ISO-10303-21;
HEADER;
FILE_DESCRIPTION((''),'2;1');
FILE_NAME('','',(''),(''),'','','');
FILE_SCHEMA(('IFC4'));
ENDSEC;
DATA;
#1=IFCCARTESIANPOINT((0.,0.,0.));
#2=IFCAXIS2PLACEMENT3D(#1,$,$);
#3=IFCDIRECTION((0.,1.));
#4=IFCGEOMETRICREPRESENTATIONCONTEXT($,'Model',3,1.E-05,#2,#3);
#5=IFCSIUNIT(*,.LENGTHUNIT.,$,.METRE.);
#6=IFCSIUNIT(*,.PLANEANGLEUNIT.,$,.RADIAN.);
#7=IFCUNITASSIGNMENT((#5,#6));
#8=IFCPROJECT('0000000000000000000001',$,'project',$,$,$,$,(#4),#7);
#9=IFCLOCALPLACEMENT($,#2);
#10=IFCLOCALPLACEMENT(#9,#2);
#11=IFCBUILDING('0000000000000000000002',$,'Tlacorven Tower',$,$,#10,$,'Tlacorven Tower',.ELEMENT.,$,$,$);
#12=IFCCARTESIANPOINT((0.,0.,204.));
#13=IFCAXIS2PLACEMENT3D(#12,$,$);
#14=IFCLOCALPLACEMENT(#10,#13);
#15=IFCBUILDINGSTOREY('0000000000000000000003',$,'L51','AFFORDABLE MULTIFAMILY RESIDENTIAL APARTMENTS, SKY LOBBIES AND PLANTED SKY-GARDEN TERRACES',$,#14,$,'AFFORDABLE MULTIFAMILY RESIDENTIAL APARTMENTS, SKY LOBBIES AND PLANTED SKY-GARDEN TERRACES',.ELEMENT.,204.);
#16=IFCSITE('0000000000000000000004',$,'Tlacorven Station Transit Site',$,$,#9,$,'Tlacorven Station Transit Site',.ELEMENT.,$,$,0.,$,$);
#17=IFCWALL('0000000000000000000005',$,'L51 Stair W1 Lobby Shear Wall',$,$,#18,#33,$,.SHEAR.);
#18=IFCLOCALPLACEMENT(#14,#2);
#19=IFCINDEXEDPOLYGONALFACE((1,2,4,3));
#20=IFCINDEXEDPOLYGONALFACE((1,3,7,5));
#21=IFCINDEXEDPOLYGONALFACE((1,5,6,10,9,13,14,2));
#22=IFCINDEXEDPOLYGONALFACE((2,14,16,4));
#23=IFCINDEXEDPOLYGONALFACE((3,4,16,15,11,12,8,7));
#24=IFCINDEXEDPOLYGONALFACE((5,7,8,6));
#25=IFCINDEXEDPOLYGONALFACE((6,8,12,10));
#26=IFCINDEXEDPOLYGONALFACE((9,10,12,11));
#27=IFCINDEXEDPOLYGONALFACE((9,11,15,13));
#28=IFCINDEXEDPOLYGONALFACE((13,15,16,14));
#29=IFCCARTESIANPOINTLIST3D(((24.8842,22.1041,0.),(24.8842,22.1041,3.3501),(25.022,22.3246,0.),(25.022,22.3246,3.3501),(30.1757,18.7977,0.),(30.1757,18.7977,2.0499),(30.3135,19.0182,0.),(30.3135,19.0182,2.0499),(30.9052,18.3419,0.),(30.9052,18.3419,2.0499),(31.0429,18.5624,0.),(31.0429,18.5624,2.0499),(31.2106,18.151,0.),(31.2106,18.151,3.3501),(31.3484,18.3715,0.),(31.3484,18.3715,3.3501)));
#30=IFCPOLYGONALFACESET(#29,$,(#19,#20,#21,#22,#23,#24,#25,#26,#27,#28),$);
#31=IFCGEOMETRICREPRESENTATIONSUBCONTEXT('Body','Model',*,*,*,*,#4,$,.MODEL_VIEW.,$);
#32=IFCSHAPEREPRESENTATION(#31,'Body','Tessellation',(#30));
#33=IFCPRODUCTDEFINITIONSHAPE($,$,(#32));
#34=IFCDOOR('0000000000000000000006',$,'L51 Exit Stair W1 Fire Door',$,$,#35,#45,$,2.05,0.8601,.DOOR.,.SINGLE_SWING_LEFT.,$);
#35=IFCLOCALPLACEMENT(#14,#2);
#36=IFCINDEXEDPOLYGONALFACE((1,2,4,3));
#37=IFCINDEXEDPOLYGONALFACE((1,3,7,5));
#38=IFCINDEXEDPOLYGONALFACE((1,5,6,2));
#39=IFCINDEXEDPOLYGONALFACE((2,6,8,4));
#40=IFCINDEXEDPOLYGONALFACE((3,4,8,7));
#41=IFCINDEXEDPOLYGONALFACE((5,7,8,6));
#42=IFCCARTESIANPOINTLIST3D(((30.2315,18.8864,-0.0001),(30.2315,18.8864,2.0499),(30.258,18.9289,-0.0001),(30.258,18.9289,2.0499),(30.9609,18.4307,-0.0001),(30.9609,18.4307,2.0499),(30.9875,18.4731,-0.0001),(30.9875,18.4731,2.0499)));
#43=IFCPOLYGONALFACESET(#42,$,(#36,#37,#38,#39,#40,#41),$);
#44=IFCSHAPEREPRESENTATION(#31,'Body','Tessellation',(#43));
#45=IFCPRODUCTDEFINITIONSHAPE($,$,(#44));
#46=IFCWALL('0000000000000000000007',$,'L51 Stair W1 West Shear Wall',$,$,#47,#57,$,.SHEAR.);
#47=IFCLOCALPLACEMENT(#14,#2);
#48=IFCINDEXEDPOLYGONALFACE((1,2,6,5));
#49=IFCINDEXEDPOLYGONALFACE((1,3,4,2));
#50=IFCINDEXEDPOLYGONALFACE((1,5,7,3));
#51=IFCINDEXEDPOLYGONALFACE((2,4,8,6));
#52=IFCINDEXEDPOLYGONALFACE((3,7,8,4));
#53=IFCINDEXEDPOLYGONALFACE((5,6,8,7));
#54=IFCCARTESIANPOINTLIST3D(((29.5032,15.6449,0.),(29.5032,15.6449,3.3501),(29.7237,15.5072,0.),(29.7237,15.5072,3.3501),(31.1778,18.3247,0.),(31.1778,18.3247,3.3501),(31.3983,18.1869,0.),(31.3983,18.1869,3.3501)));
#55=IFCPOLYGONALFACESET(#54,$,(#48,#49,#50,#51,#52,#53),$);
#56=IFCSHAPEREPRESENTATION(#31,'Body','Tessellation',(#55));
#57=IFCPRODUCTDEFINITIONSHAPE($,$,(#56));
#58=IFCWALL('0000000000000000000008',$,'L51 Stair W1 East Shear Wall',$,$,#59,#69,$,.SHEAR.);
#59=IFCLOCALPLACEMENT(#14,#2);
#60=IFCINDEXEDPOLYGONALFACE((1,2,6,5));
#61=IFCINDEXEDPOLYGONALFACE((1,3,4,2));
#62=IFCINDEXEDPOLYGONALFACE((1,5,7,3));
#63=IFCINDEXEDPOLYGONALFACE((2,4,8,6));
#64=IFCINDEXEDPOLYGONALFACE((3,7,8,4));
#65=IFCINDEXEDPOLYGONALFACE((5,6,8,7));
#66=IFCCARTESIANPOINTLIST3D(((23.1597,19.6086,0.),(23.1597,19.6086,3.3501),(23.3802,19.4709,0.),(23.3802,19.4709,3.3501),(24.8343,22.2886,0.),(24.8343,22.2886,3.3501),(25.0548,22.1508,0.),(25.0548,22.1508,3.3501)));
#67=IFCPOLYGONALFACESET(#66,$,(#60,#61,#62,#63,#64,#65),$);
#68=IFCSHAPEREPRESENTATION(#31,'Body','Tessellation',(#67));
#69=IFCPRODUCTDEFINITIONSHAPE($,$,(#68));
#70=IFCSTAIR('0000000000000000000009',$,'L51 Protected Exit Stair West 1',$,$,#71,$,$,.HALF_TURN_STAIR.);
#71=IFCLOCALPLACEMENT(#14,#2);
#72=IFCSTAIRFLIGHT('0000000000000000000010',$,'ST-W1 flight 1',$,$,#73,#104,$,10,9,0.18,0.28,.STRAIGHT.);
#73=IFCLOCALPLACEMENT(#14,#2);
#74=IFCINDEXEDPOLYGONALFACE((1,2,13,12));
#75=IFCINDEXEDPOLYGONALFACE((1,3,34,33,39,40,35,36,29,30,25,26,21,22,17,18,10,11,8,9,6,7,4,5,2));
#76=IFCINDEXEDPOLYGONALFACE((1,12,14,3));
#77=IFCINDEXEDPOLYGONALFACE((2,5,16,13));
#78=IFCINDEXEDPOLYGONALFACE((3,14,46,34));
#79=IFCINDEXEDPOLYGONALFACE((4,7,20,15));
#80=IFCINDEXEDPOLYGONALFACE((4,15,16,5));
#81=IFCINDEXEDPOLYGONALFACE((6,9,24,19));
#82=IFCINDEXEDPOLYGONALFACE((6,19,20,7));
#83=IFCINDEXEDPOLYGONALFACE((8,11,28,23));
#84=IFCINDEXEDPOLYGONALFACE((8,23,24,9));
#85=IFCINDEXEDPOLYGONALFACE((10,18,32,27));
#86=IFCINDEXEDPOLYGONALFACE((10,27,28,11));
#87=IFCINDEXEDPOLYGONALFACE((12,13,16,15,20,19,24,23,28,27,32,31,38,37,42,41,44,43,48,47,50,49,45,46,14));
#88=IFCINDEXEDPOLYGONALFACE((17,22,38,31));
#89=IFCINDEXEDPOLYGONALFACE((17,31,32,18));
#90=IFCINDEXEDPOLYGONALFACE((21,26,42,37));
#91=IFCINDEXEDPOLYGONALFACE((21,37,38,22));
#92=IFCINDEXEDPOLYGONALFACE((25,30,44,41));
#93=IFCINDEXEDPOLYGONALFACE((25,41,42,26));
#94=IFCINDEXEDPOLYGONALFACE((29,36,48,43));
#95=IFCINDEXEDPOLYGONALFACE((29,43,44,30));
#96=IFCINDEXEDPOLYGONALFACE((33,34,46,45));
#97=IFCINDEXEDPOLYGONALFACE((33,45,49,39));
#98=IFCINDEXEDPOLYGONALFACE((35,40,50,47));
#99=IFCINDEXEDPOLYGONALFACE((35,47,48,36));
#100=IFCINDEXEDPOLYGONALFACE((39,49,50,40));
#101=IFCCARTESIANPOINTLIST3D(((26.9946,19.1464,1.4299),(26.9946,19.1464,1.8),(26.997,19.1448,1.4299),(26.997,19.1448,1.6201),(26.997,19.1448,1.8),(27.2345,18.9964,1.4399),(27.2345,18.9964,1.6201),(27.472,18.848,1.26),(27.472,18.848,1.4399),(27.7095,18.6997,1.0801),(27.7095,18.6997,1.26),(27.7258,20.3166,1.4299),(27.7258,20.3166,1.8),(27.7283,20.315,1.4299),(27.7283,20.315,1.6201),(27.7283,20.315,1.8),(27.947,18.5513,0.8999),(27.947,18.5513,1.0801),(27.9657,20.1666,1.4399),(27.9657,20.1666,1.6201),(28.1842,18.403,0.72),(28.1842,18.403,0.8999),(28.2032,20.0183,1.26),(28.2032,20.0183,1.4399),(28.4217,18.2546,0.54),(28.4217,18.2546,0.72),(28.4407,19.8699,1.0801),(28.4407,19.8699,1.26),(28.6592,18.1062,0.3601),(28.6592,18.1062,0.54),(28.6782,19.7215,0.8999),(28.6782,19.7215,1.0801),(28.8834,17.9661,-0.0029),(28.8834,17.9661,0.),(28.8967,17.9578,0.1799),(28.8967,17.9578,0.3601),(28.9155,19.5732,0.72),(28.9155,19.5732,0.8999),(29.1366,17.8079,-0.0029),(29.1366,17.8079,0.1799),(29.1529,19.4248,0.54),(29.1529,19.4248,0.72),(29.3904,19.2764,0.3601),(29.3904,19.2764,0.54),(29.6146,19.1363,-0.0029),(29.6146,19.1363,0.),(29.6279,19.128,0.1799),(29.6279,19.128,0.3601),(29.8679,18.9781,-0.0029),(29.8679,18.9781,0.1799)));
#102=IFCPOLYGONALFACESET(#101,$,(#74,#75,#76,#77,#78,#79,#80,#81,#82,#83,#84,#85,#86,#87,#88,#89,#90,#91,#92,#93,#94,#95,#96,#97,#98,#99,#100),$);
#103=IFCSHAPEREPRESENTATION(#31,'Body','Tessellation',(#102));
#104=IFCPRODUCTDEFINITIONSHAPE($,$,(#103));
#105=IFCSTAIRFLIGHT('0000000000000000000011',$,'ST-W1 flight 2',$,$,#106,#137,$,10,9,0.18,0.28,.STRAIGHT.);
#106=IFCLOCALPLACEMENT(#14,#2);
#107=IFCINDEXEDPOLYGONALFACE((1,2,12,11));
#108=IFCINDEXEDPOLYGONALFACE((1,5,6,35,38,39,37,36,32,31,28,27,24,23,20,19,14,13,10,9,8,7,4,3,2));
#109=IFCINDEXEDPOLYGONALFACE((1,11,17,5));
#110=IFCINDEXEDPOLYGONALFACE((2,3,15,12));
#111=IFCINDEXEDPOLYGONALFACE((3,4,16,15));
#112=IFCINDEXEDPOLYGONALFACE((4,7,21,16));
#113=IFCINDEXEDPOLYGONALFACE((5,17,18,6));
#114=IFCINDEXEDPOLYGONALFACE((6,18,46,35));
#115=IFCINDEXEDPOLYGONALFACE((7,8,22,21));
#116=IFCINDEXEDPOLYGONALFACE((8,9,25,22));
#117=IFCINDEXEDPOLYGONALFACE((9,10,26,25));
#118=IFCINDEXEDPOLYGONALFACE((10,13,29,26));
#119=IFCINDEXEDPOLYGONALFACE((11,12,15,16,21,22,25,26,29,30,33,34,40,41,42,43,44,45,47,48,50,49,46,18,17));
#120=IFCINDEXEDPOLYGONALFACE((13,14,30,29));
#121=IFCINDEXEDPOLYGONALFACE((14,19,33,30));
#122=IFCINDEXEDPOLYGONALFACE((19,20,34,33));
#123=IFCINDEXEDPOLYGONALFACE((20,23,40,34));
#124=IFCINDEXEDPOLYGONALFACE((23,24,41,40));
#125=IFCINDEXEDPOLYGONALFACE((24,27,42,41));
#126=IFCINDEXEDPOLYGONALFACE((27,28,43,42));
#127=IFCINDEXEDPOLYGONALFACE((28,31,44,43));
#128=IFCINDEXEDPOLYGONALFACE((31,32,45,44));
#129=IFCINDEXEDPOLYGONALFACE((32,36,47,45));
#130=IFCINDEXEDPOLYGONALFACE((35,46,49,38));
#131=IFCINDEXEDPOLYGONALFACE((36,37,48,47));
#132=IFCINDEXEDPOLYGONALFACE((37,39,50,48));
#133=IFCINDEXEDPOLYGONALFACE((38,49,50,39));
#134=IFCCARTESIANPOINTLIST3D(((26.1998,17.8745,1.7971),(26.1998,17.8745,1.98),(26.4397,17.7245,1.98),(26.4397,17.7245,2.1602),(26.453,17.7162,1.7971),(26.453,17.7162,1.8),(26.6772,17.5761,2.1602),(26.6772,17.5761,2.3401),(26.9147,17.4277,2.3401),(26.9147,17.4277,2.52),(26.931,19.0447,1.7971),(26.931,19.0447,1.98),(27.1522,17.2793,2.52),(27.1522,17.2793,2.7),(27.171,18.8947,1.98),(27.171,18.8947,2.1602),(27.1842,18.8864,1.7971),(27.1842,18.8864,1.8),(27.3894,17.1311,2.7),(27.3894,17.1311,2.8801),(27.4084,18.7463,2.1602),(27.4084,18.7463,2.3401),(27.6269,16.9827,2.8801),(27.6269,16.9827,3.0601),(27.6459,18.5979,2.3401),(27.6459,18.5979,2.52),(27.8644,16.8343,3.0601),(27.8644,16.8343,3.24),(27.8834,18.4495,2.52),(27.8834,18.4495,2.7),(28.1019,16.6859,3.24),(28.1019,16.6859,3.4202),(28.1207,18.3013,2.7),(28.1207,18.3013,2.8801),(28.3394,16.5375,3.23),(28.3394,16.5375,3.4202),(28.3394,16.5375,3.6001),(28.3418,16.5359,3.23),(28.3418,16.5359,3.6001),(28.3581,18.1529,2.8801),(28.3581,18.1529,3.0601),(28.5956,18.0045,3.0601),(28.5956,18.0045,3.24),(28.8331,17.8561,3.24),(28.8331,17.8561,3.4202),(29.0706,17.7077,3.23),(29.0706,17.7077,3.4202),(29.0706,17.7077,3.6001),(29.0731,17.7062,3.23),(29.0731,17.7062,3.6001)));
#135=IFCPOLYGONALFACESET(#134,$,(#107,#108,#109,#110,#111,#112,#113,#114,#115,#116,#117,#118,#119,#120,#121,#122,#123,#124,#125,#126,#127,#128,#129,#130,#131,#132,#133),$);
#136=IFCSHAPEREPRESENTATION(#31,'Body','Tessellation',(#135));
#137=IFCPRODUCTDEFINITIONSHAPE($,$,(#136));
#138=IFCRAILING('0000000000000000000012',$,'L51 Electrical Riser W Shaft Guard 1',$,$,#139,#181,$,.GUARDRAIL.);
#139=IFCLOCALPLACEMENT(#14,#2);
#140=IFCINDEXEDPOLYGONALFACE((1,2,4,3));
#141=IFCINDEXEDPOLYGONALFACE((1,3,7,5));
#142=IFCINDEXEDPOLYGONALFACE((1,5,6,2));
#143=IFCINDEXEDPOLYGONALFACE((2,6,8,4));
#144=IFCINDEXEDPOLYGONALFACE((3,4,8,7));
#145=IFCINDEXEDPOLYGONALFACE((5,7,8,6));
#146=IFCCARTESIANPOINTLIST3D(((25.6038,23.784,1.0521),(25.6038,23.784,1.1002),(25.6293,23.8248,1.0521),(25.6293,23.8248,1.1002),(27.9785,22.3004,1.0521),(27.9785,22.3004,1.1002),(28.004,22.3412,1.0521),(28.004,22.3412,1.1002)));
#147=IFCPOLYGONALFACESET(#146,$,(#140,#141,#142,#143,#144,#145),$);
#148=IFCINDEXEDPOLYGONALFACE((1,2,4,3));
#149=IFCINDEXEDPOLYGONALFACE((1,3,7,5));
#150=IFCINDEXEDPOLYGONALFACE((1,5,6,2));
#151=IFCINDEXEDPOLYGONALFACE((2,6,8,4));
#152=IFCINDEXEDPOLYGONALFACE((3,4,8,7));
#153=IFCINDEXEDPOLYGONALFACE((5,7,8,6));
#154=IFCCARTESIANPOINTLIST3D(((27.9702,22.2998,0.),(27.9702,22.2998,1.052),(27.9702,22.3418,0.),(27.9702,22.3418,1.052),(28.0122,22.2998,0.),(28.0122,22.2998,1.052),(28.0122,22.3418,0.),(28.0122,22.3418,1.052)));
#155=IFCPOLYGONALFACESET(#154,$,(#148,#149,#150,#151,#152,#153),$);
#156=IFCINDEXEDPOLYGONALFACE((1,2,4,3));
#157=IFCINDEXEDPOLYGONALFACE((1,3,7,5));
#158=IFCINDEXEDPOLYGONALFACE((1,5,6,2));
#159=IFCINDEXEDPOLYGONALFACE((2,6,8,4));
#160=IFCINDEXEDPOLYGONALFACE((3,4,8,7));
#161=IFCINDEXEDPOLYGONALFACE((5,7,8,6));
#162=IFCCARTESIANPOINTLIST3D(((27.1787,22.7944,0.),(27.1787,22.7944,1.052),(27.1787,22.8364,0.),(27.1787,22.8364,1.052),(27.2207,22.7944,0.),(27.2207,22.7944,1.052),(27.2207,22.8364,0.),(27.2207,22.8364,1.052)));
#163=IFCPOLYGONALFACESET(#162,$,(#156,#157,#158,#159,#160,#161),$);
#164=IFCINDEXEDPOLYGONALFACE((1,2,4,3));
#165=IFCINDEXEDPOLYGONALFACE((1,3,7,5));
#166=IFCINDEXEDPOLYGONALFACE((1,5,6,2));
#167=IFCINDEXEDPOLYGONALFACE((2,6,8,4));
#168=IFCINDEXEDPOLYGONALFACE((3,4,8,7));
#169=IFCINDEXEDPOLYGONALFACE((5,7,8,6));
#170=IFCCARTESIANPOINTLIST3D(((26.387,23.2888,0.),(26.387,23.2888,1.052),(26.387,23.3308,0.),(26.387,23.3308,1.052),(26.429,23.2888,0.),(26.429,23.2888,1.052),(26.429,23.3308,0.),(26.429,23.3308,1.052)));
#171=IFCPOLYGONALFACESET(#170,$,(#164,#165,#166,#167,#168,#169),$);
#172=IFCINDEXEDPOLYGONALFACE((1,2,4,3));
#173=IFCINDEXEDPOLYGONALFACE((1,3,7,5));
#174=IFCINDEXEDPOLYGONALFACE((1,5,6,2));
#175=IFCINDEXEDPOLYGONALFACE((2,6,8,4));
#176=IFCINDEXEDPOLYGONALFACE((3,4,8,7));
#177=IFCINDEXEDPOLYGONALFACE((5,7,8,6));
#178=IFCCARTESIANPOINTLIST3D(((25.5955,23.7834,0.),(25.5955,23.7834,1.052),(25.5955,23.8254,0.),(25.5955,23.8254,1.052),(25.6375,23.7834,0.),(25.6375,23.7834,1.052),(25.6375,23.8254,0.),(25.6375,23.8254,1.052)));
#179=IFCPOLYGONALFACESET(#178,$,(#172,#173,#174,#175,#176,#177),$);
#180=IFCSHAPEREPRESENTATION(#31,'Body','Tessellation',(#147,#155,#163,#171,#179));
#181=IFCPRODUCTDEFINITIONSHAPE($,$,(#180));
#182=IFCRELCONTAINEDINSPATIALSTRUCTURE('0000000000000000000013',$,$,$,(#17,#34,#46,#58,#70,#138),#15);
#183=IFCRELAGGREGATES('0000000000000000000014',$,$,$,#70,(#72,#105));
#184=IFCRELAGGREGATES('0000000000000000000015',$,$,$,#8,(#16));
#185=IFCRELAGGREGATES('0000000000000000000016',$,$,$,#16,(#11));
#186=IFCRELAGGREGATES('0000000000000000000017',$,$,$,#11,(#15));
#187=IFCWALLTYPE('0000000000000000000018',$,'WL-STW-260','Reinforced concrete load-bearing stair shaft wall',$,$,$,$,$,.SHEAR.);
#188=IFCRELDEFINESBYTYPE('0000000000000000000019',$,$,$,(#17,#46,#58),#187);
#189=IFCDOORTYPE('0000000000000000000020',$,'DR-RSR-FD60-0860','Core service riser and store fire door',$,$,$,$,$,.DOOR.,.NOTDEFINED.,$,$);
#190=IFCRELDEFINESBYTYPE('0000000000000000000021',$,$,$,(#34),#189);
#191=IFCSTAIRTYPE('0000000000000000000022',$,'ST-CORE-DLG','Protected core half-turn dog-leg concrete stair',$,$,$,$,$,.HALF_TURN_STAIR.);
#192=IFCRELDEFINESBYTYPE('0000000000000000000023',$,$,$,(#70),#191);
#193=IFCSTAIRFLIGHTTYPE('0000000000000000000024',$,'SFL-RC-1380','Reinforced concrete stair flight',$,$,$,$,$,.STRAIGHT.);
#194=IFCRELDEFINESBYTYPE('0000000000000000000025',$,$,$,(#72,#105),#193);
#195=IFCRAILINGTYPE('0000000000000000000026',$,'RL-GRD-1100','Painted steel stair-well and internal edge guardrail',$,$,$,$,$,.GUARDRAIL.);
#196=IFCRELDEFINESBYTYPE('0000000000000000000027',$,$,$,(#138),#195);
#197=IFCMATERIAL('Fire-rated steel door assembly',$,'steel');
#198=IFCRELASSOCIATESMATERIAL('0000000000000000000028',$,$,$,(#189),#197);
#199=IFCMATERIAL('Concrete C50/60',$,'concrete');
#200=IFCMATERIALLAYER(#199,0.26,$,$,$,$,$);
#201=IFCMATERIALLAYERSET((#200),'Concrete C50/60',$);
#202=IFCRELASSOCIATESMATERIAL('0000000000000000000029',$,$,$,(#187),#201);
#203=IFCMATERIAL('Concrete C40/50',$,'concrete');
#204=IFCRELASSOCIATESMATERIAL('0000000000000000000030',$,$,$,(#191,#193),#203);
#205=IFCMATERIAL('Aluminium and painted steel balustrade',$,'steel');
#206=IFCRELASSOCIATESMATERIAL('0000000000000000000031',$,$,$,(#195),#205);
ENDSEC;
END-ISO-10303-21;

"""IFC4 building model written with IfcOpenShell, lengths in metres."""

from ifc_helpers import new_model, si_unit, direction, frame, frame_2d, origin, origin_2d, place, context, subcontext, project, spatial, polyline, rectangle, outline, extrude, source, transform, mapped, material, layer, layer_set, type_object, element, fill, aggregate, save


model = new_model("IFC4")

# Units and contexts
model_context = context("Model", 3, precision=1e-05, world=origin(), true_north=direction((0.0, 1.0)))
body_context = subcontext(model_context, "Body", "Model", "MODEL_VIEW")
ifc_project = project(units=[si_unit("LENGTHUNIT", "METRE"), si_unit("PLANEANGLEUNIT", "RADIAN")], contexts=[model_context])

# Site, building, storey
site_placement = place(None, origin())
site = spatial("IfcSite", under=ifc_project, at=site_placement, Name="Tlacorven Station Transit Site", LongName="Tlacorven Station Transit Site", CompositionType="ELEMENT", RefElevation=0.0)
building_placement = place(site_placement, origin())
building = spatial("IfcBuilding", under=site, at=building_placement, Name="Tlacorven Tower", LongName="Tlacorven Tower", CompositionType="ELEMENT")
storey_placement = place(building_placement, frame((0.0, 0.0, 204.0)))
storey = spatial("IfcBuildingStorey", under=building, at=storey_placement, Name="L51", Description="AFFORDABLE MULTIFAMILY RESIDENTIAL APARTMENTS, SKY LOBBIES AND PLANTED SKY-GARDEN TERRACES", LongName="AFFORDABLE MULTIFAMILY RESIDENTIAL APARTMENTS, SKY LOBBIES AND PLANTED SKY-GARDEN TERRACES", CompositionType="ELEMENT", Elevation=204.0)

# Shared definitions
ifc_material_1 = material(Name="Concrete C40/50", Category="concrete")

# Shared definitions
ifc_material_2 = material(Name="Fire-rated steel door assembly", Category="steel")
door_type = type_object("IfcDoorType", Name="DR-RSR-FD60-0860", Description="Core service riser and store fire door", OperationType="NOTDEFINED", PredefinedType="DOOR", material=ifc_material_2)
shared_shape_1 = source(origin(), body_context, "Body", "SweptSolid", [
    extrude(rectangle(XDim=0.8601, YDim=2.05, at=frame_2d((0.4302, 1.0249))), frame((0.0, 0.0249, 0.0), z_axis=(0.0, -1.0, 0.0), x_axis=(1.0, 0.0, 0.0)), (0.0, 0.0, 1.0), 0.05),
])

# Shared definitions
ifc_material_3 = material(Name="Concrete C50/60", Category="concrete")
ifc_layer_1 = layer(ifc_material_3, 0.26)
ifc_layer_set_1 = layer_set([ifc_layer_1], Name="Concrete C50/60")
wall_type_1 = type_object("IfcWallType", Name="WL-STW-260", Description="Reinforced concrete load-bearing stair shaft wall", PredefinedType="SHEAR", material=ifc_layer_set_1)

# Wall, opening, door
wall_1_placement = place(storey_placement, frame((31.2795, 18.2612, 0.0), z_axis=(0.0, 0.0, 1.0), x_axis=(-0.848052, 0.529914, 0.0)))
wall_1 = element("IfcWall", 1, at=wall_1_placement, inside=storey, type_object=wall_type_1, Name="L51 Stair W1 Lobby Shear Wall", PredefinedType="SHEAR", context=body_context, shape_type="SweptSolid", body=[
    extrude(rectangle(XDim=7.46, YDim=0.26, at=frame_2d((3.73, 0.0))), origin(), (0.0, 0.0, 1.0), 3.3501),
])
opening_1_placement = place(wall_1_placement, frame((0.3601, 0.0, 0.0)))
opening_1 = element("IfcOpeningElement", 2, at=opening_1_placement, cuts=wall_1, PredefinedType="OPENING", context=body_context, shape_type="SweptSolid", body=[
    extrude(rectangle(XDim=0.8601, YDim=2.05, at=frame_2d((0.4302, 1.0249))), frame((0.0, 0.1401, 0.0), z_axis=(0.0, -1.0, 0.0), x_axis=(1.0, 0.0, 0.0)), (0.0, 0.0, 1.0), 0.28),
])
door_1_placement = place(opening_1_placement, frame((0.8601, 0.0, 0.0), z_axis=(0.0, 0.0, 1.0), x_axis=(-1.0, 0.0, 0.0)))
door_1 = element("IfcDoor", 3, at=door_1_placement, inside=storey, type_object=door_type, Name="L51 Exit Stair W1 Fire Door", OperationType="SINGLE_SWING_LEFT", OverallHeight=2.05, OverallWidth=0.8601, PredefinedType="DOOR", context=body_context, shape_type="MappedRepresentation", body=[
    mapped(shared_shape_1, transform((0.0, 0.0, 0.0), scale=1.0)),
])
fill(opening_1, door_1)

# Walls
wall_2_placement = place(storey_placement, frame((31.2881, 18.2559, 0.0), z_axis=(0.0, 0.0, 1.0), x_axis=(-0.529943, -0.848033, 0.0)))
element("IfcWall", 4, at=wall_2_placement, inside=storey, type_object=wall_type_1, Name="L51 Stair W1 West Shear Wall", PredefinedType="SHEAR", context=body_context, shape_type="SweptSolid", body=[
    extrude(rectangle(XDim=3.1599, YDim=0.26, at=frame_2d((1.5801, 0.0))), origin(), (0.0, 0.0, 1.0), 3.3501),
])
wall_3_placement = place(storey_placement, frame((24.9446, 22.2197, 0.0), z_axis=(0.0, 0.0, 1.0), x_axis=(-0.529909, -0.848055, 0.0)))
element("IfcWall", 5, at=wall_3_placement, inside=storey, type_object=wall_type_1, Name="L51 Stair W1 East Shear Wall", PredefinedType="SHEAR", context=body_context, shape_type="SweptSolid", body=[
    extrude(rectangle(XDim=3.1602, YDim=0.26, at=frame_2d((1.5801, 0.0))), origin(), (0.0, 0.0, 1.0), 3.3501),
])

# Stair, stair flights
stair_type = type_object("IfcStairType", Name="ST-CORE-DLG", Description="Protected core half-turn dog-leg concrete stair", PredefinedType="HALF_TURN_STAIR", material=ifc_material_1)
stair_placement = place(storey_placement, origin())
stair = element("IfcStair", 6, at=stair_placement, inside=storey, type_object=stair_type, Name="L51 Protected Exit Stair West 1", PredefinedType="HALF_TURN_STAIR")
stair_flight_type = type_object("IfcStairFlightType", Name="SFL-RC-1380", Description="Reinforced concrete stair flight", PredefinedType="STRAIGHT", material=ifc_material_1)
shared_shape_2 = source(origin(), body_context, "Body", "SweptSolid", [
    extrude(outline(polyline([(-0.0029, -0.0029), (-0.0029, 0.1799), (0.28, 0.1799), (0.28, 0.3601), (0.5601, 0.3601), (0.5601, 0.54), (0.8401, 0.54), (0.8401, 0.72), (1.1201, 0.72), (1.1201, 0.8999), (1.3999, 0.8999), (1.3999, 1.0801), (1.6799, 1.0801), (1.6799, 1.26), (1.96, 1.26), (1.96, 1.4399), (2.24, 1.4399), (2.24, 1.6201), (2.52, 1.6201), (2.52, 1.8), (2.5229, 1.8), (2.5229, 1.4299), (2.52, 1.4299), (0.2957, 0.0), (0.2957, -0.0029), (-0.0029, -0.0029)])), frame((0.0, 0.6899, 0.0), z_axis=(0.0, -1.0, 0.0), x_axis=(1.0, 0.0, 0.0)), (0.0, 0.0, 1.0), 1.3799),
])
stair_flight_1_placement = place(storey_placement, frame((29.4998, 18.3945, 0.0), z_axis=(0.0, 0.0, 1.0), x_axis=(-0.848048, 0.529919, 0.0)))
stair_flight_1 = element("IfcStairFlight", 7, at=stair_flight_1_placement, type_object=stair_flight_type, Name="ST-W1 flight 1", NumberOfRisers=10, NumberOfTreads=9, PredefinedType="STRAIGHT", RiserHeight=0.18, TreadLength=0.28, context=body_context, shape_type="MappedRepresentation", body=[
    mapped(shared_shape_2, transform((0.0, 0.0, 0.0), scale=1.0)),
])
stair_flight_2_placement = place(storey_placement, frame((26.5679, 18.458, 1.8), z_axis=(0.0, 0.0, 1.0), x_axis=(0.848048, -0.529919, 0.0)))
stair_flight_2 = element("IfcStairFlight", 8, at=stair_flight_2_placement, type_object=stair_flight_type, Name="ST-W1 flight 2", NumberOfRisers=10, NumberOfTreads=9, PredefinedType="STRAIGHT", RiserHeight=0.18, TreadLength=0.28, context=body_context, shape_type="MappedRepresentation", body=[
    mapped(shared_shape_2, transform((0.0, 0.0, 0.0), scale=1.0)),
])
aggregate(stair, [stair_flight_1, stair_flight_2])

# Railing
ifc_material_4 = material(Name="Aluminium and painted steel balustrade", Category="steel")
railing_type_1 = type_object("IfcRailingType", Name="RL-GRD-1100", Description="Painted steel stair-well and internal edge guardrail", PredefinedType="GUARDRAIL", material=ifc_material_4)
shared_shape_3 = source(origin(), body_context, "Body", "SweptSolid", [
    extrude(rectangle(XDim=0.0481, YDim=0.0481, at=origin_2d()), frame((0.0, 0.0, 1.0762), z_axis=(-0.848091, 0.52985, 0.0), x_axis=(-0.52985, -0.848091, 0.0)), (0.0, 0.0, 1.0), 2.8),
    extrude(rectangle(XDim=0.042, YDim=0.042, at=origin_2d()), origin(), (0.0, 0.0, 1.0), 1.052),
    extrude(rectangle(XDim=0.042, YDim=0.042, at=origin_2d()), frame((-0.7915, 0.4946, 0.0)), (0.0, 0.0, 1.0), 1.052),
    extrude(rectangle(XDim=0.042, YDim=0.042, at=origin_2d()), frame((-1.5833, 0.989, 0.0)), (0.0, 0.0, 1.0), 1.052),
    extrude(rectangle(XDim=0.042, YDim=0.042, at=origin_2d()), frame((-2.3748, 1.4836, 0.0)), (0.0, 0.0, 1.0), 1.052),
])
railing_1_placement = place(storey_placement, frame((27.9912, 22.3208, 0.0)))
element("IfcRailing", 9, at=railing_1_placement, inside=storey, type_object=railing_type_1, Name="L51 Electrical Riser W Shaft Guard 1", PredefinedType="GUARDRAIL", context=body_context, shape_type="MappedRepresentation", body=[
    mapped(shared_shape_3, transform((0.0, 0.0, 0.0), scale=1.0)),
])

save(model, "model.ifc")
